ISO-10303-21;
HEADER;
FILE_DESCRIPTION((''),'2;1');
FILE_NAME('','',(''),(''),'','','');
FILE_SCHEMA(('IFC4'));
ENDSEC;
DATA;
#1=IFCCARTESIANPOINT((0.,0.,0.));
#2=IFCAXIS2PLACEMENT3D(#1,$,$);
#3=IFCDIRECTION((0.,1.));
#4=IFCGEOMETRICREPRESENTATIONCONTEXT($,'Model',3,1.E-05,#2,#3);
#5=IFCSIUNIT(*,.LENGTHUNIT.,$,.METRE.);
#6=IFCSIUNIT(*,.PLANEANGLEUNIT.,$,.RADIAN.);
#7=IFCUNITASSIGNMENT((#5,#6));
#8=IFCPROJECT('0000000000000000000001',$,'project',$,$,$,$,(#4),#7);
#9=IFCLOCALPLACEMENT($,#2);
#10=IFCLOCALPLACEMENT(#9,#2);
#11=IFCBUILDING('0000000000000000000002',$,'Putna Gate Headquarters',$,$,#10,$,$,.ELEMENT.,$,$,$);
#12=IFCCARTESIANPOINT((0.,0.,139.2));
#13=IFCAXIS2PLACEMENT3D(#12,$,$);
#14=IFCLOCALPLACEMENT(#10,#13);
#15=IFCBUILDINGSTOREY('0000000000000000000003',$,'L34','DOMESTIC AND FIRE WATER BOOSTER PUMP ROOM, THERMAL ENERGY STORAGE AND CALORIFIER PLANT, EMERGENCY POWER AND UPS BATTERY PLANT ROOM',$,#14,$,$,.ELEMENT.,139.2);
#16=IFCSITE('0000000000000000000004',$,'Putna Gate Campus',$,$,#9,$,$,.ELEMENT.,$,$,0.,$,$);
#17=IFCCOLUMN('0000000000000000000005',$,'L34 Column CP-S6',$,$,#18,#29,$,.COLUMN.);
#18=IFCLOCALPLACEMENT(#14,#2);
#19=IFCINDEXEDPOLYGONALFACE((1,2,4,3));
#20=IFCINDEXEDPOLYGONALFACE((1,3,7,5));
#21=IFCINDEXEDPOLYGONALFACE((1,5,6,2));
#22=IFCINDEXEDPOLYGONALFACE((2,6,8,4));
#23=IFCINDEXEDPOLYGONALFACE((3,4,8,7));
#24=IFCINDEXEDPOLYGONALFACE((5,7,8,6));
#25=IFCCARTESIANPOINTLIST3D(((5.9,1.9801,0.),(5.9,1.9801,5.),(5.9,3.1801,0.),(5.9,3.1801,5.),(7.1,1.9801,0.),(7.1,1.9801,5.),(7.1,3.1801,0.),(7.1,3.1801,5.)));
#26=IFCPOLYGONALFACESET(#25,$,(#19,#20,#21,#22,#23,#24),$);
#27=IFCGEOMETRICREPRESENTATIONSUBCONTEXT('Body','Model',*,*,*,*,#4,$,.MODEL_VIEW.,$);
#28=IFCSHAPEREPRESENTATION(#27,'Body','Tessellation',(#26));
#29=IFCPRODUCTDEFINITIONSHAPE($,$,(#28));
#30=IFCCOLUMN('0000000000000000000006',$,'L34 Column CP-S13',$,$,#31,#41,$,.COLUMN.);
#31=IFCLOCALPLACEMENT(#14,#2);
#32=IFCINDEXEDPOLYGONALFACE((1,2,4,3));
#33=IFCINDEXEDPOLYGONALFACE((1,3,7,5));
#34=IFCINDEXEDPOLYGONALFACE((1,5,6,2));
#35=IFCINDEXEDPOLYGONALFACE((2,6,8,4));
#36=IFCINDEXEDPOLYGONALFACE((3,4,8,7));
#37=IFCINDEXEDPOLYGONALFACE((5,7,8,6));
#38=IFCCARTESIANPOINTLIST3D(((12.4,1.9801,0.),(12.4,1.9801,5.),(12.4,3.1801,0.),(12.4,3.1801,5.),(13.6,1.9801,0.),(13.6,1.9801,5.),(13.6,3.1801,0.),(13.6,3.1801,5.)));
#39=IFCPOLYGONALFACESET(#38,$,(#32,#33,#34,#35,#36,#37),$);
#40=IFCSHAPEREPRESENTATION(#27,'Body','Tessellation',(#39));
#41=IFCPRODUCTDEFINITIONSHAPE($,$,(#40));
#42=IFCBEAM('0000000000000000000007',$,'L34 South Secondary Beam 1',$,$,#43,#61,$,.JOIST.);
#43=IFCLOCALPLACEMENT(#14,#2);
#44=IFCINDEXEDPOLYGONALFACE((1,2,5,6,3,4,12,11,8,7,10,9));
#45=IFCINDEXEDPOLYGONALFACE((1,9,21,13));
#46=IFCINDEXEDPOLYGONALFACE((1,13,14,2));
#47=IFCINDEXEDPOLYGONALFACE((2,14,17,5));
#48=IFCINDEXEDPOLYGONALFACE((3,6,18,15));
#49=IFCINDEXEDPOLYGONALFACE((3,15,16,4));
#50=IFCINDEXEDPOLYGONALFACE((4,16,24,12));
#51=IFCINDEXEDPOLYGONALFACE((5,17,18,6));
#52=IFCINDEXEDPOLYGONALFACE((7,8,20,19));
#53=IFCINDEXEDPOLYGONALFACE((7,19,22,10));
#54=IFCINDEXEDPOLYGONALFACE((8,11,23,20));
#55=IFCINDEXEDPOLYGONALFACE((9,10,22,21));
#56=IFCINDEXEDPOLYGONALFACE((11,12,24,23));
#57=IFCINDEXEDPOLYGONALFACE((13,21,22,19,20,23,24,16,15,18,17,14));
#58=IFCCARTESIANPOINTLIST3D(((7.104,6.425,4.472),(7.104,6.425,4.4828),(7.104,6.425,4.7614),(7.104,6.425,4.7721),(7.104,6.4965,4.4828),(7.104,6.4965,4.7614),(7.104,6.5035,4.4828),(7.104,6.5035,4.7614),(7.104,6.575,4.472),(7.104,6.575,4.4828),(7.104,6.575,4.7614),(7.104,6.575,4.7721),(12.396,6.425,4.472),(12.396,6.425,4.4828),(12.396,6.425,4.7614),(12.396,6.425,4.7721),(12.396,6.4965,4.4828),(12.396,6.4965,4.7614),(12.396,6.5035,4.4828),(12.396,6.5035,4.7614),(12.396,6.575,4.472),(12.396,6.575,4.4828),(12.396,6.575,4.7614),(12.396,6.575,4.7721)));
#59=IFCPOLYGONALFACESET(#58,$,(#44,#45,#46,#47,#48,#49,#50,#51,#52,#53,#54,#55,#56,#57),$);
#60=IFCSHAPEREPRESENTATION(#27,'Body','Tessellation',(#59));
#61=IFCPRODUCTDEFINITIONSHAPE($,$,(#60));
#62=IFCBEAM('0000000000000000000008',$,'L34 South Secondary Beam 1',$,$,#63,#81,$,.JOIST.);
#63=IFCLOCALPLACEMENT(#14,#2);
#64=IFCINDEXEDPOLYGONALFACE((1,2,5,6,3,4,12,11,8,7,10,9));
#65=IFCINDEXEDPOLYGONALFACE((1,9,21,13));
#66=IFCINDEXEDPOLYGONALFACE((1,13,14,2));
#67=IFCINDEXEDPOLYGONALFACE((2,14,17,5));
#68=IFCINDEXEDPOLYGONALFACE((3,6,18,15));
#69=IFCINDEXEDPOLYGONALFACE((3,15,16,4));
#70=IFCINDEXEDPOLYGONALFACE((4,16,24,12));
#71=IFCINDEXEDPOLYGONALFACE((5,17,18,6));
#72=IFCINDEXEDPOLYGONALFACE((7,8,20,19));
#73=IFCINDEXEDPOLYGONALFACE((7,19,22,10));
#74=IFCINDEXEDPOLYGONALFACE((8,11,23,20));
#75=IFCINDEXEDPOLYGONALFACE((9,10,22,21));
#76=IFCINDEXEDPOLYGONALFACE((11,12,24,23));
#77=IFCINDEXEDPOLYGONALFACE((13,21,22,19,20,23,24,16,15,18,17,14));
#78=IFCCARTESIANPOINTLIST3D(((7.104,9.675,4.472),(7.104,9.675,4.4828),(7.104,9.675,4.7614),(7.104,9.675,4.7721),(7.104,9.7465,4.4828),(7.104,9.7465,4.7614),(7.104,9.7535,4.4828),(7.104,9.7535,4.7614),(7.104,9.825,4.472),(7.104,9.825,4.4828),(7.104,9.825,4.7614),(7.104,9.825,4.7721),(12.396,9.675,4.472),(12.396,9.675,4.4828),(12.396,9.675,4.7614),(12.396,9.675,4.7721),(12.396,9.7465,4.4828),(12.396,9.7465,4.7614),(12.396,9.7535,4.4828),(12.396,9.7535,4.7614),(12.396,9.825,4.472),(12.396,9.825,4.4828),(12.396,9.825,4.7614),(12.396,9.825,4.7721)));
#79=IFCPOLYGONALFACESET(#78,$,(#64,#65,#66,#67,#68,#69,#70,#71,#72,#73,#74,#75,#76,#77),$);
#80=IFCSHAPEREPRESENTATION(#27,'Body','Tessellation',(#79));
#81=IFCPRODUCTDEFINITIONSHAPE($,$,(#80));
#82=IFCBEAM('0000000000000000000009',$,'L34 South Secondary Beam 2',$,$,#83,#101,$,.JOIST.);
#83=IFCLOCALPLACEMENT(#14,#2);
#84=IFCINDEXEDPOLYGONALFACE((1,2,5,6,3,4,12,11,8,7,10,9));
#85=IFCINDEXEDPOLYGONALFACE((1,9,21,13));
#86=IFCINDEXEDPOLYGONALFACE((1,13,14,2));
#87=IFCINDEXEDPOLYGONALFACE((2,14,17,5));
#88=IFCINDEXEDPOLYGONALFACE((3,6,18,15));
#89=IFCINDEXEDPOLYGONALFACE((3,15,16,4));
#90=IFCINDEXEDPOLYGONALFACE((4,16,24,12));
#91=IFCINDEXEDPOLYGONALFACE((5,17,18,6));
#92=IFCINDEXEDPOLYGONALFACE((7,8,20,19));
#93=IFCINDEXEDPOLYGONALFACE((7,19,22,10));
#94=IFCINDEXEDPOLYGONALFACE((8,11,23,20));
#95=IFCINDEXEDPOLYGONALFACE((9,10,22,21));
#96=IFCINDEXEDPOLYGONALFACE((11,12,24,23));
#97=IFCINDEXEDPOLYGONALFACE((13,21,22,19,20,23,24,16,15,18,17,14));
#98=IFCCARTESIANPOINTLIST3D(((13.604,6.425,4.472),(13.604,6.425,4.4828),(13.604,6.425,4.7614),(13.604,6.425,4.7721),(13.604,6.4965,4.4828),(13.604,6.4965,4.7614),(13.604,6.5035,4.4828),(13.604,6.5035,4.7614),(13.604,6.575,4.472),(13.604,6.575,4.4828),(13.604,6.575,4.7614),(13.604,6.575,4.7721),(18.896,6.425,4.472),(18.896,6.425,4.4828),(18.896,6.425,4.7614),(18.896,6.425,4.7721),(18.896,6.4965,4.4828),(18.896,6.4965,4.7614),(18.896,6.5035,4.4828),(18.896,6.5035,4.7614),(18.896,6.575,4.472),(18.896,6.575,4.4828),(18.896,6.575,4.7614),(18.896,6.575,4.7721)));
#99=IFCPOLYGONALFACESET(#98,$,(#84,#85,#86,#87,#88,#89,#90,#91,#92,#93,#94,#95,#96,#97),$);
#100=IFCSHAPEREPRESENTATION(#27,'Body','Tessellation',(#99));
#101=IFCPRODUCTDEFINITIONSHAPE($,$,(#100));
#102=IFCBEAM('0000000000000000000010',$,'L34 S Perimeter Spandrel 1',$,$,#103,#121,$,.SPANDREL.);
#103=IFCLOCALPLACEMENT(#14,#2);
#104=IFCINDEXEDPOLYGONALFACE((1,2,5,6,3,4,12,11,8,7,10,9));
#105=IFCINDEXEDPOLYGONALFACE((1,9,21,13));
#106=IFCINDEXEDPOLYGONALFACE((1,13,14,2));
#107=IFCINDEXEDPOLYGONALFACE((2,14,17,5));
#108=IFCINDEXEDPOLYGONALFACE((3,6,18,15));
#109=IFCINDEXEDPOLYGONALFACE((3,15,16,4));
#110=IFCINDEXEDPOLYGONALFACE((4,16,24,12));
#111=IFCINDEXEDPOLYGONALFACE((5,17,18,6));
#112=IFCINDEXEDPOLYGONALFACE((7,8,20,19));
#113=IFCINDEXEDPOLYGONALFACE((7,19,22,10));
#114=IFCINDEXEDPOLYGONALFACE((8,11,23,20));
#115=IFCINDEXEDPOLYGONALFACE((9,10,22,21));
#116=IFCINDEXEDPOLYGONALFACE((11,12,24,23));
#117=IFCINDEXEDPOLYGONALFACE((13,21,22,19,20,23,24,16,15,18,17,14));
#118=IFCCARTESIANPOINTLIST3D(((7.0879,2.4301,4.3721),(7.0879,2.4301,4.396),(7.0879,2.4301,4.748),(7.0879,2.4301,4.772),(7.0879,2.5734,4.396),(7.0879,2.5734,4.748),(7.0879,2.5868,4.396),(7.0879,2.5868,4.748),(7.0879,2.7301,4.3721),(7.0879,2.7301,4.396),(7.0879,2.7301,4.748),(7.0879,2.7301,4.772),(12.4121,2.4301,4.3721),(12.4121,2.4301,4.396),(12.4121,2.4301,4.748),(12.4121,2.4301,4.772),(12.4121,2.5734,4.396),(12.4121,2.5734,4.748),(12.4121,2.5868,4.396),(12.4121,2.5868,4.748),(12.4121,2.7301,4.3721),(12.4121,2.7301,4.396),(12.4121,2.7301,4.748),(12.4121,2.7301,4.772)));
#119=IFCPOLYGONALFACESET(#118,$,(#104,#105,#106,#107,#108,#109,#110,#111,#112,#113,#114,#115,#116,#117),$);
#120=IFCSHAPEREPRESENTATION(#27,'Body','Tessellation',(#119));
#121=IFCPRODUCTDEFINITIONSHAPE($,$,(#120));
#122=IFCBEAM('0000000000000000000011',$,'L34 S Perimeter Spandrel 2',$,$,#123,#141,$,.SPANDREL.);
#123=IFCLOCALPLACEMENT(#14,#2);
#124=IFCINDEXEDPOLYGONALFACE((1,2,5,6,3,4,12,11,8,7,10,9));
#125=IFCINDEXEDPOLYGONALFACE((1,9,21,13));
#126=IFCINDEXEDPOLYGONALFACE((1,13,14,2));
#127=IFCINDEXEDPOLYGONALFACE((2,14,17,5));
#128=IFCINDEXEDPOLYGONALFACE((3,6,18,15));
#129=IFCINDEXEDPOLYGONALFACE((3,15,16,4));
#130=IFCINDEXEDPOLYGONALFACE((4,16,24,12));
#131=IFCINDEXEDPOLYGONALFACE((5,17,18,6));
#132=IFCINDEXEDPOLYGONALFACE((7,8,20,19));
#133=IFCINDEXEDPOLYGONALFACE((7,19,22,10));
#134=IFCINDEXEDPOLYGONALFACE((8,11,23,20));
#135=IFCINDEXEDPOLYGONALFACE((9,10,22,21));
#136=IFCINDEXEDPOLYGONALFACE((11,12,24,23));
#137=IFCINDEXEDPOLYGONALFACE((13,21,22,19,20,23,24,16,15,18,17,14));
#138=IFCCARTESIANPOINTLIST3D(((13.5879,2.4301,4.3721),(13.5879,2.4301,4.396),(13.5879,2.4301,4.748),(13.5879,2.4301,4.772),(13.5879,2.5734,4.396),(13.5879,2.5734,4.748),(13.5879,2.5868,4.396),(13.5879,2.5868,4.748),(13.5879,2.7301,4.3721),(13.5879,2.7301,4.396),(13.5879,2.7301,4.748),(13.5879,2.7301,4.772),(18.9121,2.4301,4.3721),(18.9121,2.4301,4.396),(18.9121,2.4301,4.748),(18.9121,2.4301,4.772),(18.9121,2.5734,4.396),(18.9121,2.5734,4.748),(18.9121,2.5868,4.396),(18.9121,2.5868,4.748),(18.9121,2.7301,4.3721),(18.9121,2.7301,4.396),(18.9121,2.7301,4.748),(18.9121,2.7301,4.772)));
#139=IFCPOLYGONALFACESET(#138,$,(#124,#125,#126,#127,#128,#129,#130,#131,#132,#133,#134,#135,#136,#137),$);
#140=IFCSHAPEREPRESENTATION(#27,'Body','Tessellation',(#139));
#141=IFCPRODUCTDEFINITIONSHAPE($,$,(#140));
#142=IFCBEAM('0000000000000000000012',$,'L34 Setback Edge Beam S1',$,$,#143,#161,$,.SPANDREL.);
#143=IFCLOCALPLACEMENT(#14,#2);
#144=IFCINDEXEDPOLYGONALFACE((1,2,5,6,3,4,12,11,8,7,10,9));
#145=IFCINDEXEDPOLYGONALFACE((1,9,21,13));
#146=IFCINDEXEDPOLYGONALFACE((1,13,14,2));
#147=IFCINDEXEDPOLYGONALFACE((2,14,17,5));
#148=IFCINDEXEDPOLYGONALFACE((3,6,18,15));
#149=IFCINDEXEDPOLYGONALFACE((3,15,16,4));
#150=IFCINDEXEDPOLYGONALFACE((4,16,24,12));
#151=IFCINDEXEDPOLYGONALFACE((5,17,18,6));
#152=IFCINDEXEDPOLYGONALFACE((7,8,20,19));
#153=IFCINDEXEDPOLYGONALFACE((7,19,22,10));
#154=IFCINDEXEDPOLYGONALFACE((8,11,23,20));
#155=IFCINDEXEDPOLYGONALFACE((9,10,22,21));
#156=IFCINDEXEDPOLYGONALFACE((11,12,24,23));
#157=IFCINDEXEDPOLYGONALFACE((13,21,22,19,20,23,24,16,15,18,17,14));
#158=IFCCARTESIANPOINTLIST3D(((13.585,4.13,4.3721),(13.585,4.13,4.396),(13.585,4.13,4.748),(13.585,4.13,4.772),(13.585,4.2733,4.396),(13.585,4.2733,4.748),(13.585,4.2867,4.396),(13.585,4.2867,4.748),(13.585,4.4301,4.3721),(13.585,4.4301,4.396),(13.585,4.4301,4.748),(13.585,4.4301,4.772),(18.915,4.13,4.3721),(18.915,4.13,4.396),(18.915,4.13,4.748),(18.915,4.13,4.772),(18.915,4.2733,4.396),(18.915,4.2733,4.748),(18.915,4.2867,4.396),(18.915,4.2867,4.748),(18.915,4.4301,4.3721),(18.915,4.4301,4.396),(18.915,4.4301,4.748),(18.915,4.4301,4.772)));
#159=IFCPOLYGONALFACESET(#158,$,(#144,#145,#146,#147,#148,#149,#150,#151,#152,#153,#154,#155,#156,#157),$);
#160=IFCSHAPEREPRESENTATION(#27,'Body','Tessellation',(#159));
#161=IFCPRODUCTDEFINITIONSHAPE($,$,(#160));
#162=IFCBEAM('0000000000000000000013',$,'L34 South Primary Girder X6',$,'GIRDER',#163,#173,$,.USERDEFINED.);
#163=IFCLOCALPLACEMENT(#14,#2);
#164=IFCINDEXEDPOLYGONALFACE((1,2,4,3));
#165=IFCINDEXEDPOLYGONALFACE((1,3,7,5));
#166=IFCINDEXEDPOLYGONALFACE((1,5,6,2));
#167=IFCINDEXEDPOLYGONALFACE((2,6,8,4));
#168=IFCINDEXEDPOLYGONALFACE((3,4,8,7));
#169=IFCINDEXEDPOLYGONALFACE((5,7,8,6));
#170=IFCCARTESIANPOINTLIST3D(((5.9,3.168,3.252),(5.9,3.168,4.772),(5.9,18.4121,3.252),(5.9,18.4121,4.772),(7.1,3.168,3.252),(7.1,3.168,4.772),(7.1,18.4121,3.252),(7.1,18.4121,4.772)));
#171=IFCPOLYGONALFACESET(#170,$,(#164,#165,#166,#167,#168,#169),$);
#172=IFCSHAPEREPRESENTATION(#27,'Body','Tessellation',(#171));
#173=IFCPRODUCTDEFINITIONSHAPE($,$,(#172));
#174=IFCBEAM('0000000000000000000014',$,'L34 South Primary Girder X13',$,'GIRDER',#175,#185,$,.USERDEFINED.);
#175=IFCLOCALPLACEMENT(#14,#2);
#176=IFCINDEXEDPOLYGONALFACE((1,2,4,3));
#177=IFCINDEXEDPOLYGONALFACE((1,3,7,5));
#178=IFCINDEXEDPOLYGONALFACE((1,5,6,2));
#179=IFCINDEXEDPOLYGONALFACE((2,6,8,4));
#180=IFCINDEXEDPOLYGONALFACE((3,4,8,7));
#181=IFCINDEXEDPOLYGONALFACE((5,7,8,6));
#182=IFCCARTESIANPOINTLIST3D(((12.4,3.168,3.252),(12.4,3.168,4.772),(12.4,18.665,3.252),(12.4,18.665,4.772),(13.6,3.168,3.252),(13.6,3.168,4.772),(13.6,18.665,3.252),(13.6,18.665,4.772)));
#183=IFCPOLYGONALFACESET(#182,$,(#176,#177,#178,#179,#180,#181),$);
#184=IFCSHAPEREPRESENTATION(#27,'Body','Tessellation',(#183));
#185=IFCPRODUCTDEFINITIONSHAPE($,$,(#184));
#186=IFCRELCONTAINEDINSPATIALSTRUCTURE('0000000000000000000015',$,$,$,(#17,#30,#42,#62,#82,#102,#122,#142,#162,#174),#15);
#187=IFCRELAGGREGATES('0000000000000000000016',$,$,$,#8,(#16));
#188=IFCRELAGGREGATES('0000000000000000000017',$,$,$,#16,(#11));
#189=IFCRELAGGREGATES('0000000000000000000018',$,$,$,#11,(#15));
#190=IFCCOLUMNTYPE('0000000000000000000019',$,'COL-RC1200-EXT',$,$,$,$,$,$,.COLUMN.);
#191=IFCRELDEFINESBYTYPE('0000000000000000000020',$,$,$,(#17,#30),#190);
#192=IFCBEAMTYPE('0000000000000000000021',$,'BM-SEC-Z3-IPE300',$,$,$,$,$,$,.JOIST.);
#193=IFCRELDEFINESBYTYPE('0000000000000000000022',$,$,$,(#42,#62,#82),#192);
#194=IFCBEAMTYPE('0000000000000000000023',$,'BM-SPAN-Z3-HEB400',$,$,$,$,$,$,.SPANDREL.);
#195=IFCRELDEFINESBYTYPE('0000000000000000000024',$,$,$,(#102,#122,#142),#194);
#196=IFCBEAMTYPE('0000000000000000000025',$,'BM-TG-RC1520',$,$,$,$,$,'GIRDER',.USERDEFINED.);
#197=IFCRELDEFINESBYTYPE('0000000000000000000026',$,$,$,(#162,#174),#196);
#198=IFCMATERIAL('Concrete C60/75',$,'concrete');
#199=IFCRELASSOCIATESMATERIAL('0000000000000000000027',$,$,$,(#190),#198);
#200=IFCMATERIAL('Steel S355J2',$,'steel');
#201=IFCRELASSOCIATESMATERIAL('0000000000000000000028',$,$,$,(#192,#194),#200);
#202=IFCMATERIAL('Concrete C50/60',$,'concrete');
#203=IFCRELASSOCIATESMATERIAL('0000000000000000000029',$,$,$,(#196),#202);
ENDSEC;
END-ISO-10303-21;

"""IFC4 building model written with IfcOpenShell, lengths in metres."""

from ifc_helpers import new_model, si_unit, direction, frame, origin, origin_2d, place, context, subcontext, project, spatial, rectangle, i_section, extrude, material, material_profile, profile_set, type_object, element, save


model = new_model("IFC4")

# Units and contexts
model_context = context("Model", 3, precision=1e-05, world=origin(), true_north=direction((0.0, 1.0)))
body_context = subcontext(model_context, "Body", "Model", "MODEL_VIEW")
ifc_project = project(units=[si_unit("LENGTHUNIT", "METRE"), si_unit("PLANEANGLEUNIT", "RADIAN")], contexts=[model_context])

# Site, building, storey
site_placement = place(None, origin())
site = spatial("IfcSite", under=ifc_project, at=site_placement, Name="Putna Gate Campus", CompositionType="ELEMENT", RefElevation=0.0)
building_placement = place(site_placement, origin())
building = spatial("IfcBuilding", under=site, at=building_placement, Name="Putna Gate Headquarters", CompositionType="ELEMENT")
storey_placement = place(building_placement, frame((0.0, 0.0, 139.2)))
storey = spatial("IfcBuildingStorey", under=building, at=storey_placement, Name="L34", Description="DOMESTIC AND FIRE WATER BOOSTER PUMP ROOM, THERMAL ENERGY STORAGE AND CALORIFIER PLANT, EMERGENCY POWER AND UPS BATTERY PLANT ROOM", CompositionType="ELEMENT", Elevation=139.2)

# Columns
ifc_material_1 = material(Name="Concrete C60/75", Category="concrete")
ifc_material_profile_1 = material_profile(ifc_material_1, rectangle(XDim=1.2, YDim=1.2, at=origin_2d()), Name="Concrete C60/75")
ifc_profile_set_1 = profile_set([ifc_material_profile_1], Name="Concrete C60/75")
column_type = type_object("IfcColumnType", Name="COL-RC1200-EXT", PredefinedType="COLUMN", material=ifc_profile_set_1)
for number, where, z_axis, x_axis, name in (
    (1, (6.5, 2.5801, 0.0), (0.0, 0.0, 1.0), (1.0, 0.0, 0.0), "L34 Column CP-S6"),
    (2, (13.0, 2.5801, 0.0), (0.0, 0.0, 1.0), (1.0, 0.0, 0.0), "L34 Column CP-S13"),
):
    element("IfcColumn", number, at=place(storey_placement, frame(where, z_axis=z_axis, x_axis=x_axis)), inside=storey, type_object=column_type, Name=name, PredefinedType="COLUMN", context=body_context, shape_type="SweptSolid", body=[
        extrude(rectangle(XDim=1.2, YDim=1.2, at=origin_2d()), origin(), (0.0, 0.0, 1.0), 5.0),
    ])

# Beams
ifc_material_2 = material(Name="Steel S355J2", Category="steel")
ifc_material_profile_2 = material_profile(ifc_material_2, i_section(OverallWidth=0.1499, OverallDepth=0.3, WebThickness=0.0071, FlangeThickness=0.0107, at=origin_2d()), Name="Steel S355J2")
ifc_profile_set_2 = profile_set([ifc_material_profile_2], Name="Steel S355J2")
beam_type_1 = type_object("IfcBeamType", Name="BM-SEC-Z3-IPE300", PredefinedType="JOIST", material=ifc_profile_set_2)
for number, where, z_axis, x_axis, name in (
    (3, (7.104, 6.5, 4.6221), (1.0, 0.0, 0.0), (0.0, 1.0, 0.0), "L34 South Secondary Beam 1"),
    (4, (7.104, 9.75, 4.6221), (1.0, 0.0, 0.0), (0.0, 1.0, 0.0), "L34 South Secondary Beam 1"),
    (5, (13.604, 6.5, 4.6221), (1.0, 0.0, 0.0), (0.0, 1.0, 0.0), "L34 South Secondary Beam 2"),
):
    element("IfcBeam", number, at=place(storey_placement, frame(where, z_axis=z_axis, x_axis=x_axis)), inside=storey, type_object=beam_type_1, Name=name, PredefinedType="JOIST", context=body_context, shape_type="SweptSolid", body=[
        extrude(i_section(OverallWidth=0.1499, OverallDepth=0.3, WebThickness=0.0071, FlangeThickness=0.0107, at=origin_2d()), origin(), (0.0, 0.0, 1.0), 5.292),
    ])
ifc_material_profile_3 = material_profile(ifc_material_2, i_section(OverallWidth=0.3, OverallDepth=0.3999, WebThickness=0.0134, FlangeThickness=0.0239, at=origin_2d()), Name="Steel S355J2")
ifc_profile_set_3 = profile_set([ifc_material_profile_3], Name="Steel S355J2")
beam_type_2 = type_object("IfcBeamType", Name="BM-SPAN-Z3-HEB400", PredefinedType="SPANDREL", material=ifc_profile_set_3)
for number, where, z_axis, x_axis, name in (
    (6, (7.0879, 2.5801, 4.572), (1.0, 0.0, 0.0), (0.0, 1.0, 0.0), "L34 S Perimeter Spandrel 1"),
    (7, (13.5879, 2.5801, 4.572), (1.0, 0.0, 0.0), (0.0, 1.0, 0.0), "L34 S Perimeter Spandrel 2"),
):
    element("IfcBeam", number, at=place(storey_placement, frame(where, z_axis=z_axis, x_axis=x_axis)), inside=storey, type_object=beam_type_2, Name=name, PredefinedType="SPANDREL", context=body_context, shape_type="SweptSolid", body=[
        extrude(i_section(OverallWidth=0.3, OverallDepth=0.3999, WebThickness=0.0134, FlangeThickness=0.0239, at=origin_2d()), origin(), (0.0, 0.0, 1.0), 5.3242),
    ])
beam_1_placement = place(storey_placement, frame((13.585, 4.28, 4.572), z_axis=(1.0, 0.0, 0.0), x_axis=(0.0, 1.0, 0.0)))
element("IfcBeam", 8, at=beam_1_placement, inside=storey, type_object=beam_type_2, Name="L34 Setback Edge Beam S1", PredefinedType="SPANDREL", context=body_context, shape_type="SweptSolid", body=[
    extrude(i_section(OverallWidth=0.3, OverallDepth=0.3999, WebThickness=0.0134, FlangeThickness=0.0239, at=origin_2d()), origin(), (0.0, 0.0, 1.0), 5.3301),
])
ifc_material_3 = material(Name="Concrete C50/60", Category="concrete")
ifc_material_profile_4 = material_profile(ifc_material_3, rectangle(XDim=1.2, YDim=1.52, at=origin_2d()), Name="Concrete C50/60")
ifc_profile_set_4 = profile_set([ifc_material_profile_4], Name="Concrete C50/60")
beam_type_3 = type_object("IfcBeamType", Name="BM-TG-RC1520", ElementType="GIRDER", PredefinedType="USERDEFINED", material=ifc_profile_set_4)
beam_2_placement = place(storey_placement, frame((6.5, 3.168, 4.012), z_axis=(0.0, 1.0, 0.0), x_axis=(-1.0, 0.0, 0.0)))
element("IfcBeam", 9, at=beam_2_placement, inside=storey, type_object=beam_type_3, Name="L34 South Primary Girder X6", ObjectType="GIRDER", PredefinedType="USERDEFINED", context=body_context, shape_type="SweptSolid", body=[
    extrude(rectangle(XDim=1.2, YDim=1.52, at=origin_2d()), origin(), (0.0, 0.0, 1.0), 15.2441),
])
beam_3_placement = place(storey_placement, frame((13.0, 3.168, 4.012), z_axis=(0.0, 1.0, 0.0), x_axis=(-1.0, 0.0, 0.0)))
element("IfcBeam", 10, at=beam_3_placement, inside=storey, type_object=beam_type_3, Name="L34 South Primary Girder X13", ObjectType="GIRDER", PredefinedType="USERDEFINED", context=body_context, shape_type="SweptSolid", body=[
    extrude(rectangle(XDim=1.2, YDim=1.52, at=origin_2d()), origin(), (0.0, 0.0, 1.0), 15.4971),
])

save(model, "model.ifc")
